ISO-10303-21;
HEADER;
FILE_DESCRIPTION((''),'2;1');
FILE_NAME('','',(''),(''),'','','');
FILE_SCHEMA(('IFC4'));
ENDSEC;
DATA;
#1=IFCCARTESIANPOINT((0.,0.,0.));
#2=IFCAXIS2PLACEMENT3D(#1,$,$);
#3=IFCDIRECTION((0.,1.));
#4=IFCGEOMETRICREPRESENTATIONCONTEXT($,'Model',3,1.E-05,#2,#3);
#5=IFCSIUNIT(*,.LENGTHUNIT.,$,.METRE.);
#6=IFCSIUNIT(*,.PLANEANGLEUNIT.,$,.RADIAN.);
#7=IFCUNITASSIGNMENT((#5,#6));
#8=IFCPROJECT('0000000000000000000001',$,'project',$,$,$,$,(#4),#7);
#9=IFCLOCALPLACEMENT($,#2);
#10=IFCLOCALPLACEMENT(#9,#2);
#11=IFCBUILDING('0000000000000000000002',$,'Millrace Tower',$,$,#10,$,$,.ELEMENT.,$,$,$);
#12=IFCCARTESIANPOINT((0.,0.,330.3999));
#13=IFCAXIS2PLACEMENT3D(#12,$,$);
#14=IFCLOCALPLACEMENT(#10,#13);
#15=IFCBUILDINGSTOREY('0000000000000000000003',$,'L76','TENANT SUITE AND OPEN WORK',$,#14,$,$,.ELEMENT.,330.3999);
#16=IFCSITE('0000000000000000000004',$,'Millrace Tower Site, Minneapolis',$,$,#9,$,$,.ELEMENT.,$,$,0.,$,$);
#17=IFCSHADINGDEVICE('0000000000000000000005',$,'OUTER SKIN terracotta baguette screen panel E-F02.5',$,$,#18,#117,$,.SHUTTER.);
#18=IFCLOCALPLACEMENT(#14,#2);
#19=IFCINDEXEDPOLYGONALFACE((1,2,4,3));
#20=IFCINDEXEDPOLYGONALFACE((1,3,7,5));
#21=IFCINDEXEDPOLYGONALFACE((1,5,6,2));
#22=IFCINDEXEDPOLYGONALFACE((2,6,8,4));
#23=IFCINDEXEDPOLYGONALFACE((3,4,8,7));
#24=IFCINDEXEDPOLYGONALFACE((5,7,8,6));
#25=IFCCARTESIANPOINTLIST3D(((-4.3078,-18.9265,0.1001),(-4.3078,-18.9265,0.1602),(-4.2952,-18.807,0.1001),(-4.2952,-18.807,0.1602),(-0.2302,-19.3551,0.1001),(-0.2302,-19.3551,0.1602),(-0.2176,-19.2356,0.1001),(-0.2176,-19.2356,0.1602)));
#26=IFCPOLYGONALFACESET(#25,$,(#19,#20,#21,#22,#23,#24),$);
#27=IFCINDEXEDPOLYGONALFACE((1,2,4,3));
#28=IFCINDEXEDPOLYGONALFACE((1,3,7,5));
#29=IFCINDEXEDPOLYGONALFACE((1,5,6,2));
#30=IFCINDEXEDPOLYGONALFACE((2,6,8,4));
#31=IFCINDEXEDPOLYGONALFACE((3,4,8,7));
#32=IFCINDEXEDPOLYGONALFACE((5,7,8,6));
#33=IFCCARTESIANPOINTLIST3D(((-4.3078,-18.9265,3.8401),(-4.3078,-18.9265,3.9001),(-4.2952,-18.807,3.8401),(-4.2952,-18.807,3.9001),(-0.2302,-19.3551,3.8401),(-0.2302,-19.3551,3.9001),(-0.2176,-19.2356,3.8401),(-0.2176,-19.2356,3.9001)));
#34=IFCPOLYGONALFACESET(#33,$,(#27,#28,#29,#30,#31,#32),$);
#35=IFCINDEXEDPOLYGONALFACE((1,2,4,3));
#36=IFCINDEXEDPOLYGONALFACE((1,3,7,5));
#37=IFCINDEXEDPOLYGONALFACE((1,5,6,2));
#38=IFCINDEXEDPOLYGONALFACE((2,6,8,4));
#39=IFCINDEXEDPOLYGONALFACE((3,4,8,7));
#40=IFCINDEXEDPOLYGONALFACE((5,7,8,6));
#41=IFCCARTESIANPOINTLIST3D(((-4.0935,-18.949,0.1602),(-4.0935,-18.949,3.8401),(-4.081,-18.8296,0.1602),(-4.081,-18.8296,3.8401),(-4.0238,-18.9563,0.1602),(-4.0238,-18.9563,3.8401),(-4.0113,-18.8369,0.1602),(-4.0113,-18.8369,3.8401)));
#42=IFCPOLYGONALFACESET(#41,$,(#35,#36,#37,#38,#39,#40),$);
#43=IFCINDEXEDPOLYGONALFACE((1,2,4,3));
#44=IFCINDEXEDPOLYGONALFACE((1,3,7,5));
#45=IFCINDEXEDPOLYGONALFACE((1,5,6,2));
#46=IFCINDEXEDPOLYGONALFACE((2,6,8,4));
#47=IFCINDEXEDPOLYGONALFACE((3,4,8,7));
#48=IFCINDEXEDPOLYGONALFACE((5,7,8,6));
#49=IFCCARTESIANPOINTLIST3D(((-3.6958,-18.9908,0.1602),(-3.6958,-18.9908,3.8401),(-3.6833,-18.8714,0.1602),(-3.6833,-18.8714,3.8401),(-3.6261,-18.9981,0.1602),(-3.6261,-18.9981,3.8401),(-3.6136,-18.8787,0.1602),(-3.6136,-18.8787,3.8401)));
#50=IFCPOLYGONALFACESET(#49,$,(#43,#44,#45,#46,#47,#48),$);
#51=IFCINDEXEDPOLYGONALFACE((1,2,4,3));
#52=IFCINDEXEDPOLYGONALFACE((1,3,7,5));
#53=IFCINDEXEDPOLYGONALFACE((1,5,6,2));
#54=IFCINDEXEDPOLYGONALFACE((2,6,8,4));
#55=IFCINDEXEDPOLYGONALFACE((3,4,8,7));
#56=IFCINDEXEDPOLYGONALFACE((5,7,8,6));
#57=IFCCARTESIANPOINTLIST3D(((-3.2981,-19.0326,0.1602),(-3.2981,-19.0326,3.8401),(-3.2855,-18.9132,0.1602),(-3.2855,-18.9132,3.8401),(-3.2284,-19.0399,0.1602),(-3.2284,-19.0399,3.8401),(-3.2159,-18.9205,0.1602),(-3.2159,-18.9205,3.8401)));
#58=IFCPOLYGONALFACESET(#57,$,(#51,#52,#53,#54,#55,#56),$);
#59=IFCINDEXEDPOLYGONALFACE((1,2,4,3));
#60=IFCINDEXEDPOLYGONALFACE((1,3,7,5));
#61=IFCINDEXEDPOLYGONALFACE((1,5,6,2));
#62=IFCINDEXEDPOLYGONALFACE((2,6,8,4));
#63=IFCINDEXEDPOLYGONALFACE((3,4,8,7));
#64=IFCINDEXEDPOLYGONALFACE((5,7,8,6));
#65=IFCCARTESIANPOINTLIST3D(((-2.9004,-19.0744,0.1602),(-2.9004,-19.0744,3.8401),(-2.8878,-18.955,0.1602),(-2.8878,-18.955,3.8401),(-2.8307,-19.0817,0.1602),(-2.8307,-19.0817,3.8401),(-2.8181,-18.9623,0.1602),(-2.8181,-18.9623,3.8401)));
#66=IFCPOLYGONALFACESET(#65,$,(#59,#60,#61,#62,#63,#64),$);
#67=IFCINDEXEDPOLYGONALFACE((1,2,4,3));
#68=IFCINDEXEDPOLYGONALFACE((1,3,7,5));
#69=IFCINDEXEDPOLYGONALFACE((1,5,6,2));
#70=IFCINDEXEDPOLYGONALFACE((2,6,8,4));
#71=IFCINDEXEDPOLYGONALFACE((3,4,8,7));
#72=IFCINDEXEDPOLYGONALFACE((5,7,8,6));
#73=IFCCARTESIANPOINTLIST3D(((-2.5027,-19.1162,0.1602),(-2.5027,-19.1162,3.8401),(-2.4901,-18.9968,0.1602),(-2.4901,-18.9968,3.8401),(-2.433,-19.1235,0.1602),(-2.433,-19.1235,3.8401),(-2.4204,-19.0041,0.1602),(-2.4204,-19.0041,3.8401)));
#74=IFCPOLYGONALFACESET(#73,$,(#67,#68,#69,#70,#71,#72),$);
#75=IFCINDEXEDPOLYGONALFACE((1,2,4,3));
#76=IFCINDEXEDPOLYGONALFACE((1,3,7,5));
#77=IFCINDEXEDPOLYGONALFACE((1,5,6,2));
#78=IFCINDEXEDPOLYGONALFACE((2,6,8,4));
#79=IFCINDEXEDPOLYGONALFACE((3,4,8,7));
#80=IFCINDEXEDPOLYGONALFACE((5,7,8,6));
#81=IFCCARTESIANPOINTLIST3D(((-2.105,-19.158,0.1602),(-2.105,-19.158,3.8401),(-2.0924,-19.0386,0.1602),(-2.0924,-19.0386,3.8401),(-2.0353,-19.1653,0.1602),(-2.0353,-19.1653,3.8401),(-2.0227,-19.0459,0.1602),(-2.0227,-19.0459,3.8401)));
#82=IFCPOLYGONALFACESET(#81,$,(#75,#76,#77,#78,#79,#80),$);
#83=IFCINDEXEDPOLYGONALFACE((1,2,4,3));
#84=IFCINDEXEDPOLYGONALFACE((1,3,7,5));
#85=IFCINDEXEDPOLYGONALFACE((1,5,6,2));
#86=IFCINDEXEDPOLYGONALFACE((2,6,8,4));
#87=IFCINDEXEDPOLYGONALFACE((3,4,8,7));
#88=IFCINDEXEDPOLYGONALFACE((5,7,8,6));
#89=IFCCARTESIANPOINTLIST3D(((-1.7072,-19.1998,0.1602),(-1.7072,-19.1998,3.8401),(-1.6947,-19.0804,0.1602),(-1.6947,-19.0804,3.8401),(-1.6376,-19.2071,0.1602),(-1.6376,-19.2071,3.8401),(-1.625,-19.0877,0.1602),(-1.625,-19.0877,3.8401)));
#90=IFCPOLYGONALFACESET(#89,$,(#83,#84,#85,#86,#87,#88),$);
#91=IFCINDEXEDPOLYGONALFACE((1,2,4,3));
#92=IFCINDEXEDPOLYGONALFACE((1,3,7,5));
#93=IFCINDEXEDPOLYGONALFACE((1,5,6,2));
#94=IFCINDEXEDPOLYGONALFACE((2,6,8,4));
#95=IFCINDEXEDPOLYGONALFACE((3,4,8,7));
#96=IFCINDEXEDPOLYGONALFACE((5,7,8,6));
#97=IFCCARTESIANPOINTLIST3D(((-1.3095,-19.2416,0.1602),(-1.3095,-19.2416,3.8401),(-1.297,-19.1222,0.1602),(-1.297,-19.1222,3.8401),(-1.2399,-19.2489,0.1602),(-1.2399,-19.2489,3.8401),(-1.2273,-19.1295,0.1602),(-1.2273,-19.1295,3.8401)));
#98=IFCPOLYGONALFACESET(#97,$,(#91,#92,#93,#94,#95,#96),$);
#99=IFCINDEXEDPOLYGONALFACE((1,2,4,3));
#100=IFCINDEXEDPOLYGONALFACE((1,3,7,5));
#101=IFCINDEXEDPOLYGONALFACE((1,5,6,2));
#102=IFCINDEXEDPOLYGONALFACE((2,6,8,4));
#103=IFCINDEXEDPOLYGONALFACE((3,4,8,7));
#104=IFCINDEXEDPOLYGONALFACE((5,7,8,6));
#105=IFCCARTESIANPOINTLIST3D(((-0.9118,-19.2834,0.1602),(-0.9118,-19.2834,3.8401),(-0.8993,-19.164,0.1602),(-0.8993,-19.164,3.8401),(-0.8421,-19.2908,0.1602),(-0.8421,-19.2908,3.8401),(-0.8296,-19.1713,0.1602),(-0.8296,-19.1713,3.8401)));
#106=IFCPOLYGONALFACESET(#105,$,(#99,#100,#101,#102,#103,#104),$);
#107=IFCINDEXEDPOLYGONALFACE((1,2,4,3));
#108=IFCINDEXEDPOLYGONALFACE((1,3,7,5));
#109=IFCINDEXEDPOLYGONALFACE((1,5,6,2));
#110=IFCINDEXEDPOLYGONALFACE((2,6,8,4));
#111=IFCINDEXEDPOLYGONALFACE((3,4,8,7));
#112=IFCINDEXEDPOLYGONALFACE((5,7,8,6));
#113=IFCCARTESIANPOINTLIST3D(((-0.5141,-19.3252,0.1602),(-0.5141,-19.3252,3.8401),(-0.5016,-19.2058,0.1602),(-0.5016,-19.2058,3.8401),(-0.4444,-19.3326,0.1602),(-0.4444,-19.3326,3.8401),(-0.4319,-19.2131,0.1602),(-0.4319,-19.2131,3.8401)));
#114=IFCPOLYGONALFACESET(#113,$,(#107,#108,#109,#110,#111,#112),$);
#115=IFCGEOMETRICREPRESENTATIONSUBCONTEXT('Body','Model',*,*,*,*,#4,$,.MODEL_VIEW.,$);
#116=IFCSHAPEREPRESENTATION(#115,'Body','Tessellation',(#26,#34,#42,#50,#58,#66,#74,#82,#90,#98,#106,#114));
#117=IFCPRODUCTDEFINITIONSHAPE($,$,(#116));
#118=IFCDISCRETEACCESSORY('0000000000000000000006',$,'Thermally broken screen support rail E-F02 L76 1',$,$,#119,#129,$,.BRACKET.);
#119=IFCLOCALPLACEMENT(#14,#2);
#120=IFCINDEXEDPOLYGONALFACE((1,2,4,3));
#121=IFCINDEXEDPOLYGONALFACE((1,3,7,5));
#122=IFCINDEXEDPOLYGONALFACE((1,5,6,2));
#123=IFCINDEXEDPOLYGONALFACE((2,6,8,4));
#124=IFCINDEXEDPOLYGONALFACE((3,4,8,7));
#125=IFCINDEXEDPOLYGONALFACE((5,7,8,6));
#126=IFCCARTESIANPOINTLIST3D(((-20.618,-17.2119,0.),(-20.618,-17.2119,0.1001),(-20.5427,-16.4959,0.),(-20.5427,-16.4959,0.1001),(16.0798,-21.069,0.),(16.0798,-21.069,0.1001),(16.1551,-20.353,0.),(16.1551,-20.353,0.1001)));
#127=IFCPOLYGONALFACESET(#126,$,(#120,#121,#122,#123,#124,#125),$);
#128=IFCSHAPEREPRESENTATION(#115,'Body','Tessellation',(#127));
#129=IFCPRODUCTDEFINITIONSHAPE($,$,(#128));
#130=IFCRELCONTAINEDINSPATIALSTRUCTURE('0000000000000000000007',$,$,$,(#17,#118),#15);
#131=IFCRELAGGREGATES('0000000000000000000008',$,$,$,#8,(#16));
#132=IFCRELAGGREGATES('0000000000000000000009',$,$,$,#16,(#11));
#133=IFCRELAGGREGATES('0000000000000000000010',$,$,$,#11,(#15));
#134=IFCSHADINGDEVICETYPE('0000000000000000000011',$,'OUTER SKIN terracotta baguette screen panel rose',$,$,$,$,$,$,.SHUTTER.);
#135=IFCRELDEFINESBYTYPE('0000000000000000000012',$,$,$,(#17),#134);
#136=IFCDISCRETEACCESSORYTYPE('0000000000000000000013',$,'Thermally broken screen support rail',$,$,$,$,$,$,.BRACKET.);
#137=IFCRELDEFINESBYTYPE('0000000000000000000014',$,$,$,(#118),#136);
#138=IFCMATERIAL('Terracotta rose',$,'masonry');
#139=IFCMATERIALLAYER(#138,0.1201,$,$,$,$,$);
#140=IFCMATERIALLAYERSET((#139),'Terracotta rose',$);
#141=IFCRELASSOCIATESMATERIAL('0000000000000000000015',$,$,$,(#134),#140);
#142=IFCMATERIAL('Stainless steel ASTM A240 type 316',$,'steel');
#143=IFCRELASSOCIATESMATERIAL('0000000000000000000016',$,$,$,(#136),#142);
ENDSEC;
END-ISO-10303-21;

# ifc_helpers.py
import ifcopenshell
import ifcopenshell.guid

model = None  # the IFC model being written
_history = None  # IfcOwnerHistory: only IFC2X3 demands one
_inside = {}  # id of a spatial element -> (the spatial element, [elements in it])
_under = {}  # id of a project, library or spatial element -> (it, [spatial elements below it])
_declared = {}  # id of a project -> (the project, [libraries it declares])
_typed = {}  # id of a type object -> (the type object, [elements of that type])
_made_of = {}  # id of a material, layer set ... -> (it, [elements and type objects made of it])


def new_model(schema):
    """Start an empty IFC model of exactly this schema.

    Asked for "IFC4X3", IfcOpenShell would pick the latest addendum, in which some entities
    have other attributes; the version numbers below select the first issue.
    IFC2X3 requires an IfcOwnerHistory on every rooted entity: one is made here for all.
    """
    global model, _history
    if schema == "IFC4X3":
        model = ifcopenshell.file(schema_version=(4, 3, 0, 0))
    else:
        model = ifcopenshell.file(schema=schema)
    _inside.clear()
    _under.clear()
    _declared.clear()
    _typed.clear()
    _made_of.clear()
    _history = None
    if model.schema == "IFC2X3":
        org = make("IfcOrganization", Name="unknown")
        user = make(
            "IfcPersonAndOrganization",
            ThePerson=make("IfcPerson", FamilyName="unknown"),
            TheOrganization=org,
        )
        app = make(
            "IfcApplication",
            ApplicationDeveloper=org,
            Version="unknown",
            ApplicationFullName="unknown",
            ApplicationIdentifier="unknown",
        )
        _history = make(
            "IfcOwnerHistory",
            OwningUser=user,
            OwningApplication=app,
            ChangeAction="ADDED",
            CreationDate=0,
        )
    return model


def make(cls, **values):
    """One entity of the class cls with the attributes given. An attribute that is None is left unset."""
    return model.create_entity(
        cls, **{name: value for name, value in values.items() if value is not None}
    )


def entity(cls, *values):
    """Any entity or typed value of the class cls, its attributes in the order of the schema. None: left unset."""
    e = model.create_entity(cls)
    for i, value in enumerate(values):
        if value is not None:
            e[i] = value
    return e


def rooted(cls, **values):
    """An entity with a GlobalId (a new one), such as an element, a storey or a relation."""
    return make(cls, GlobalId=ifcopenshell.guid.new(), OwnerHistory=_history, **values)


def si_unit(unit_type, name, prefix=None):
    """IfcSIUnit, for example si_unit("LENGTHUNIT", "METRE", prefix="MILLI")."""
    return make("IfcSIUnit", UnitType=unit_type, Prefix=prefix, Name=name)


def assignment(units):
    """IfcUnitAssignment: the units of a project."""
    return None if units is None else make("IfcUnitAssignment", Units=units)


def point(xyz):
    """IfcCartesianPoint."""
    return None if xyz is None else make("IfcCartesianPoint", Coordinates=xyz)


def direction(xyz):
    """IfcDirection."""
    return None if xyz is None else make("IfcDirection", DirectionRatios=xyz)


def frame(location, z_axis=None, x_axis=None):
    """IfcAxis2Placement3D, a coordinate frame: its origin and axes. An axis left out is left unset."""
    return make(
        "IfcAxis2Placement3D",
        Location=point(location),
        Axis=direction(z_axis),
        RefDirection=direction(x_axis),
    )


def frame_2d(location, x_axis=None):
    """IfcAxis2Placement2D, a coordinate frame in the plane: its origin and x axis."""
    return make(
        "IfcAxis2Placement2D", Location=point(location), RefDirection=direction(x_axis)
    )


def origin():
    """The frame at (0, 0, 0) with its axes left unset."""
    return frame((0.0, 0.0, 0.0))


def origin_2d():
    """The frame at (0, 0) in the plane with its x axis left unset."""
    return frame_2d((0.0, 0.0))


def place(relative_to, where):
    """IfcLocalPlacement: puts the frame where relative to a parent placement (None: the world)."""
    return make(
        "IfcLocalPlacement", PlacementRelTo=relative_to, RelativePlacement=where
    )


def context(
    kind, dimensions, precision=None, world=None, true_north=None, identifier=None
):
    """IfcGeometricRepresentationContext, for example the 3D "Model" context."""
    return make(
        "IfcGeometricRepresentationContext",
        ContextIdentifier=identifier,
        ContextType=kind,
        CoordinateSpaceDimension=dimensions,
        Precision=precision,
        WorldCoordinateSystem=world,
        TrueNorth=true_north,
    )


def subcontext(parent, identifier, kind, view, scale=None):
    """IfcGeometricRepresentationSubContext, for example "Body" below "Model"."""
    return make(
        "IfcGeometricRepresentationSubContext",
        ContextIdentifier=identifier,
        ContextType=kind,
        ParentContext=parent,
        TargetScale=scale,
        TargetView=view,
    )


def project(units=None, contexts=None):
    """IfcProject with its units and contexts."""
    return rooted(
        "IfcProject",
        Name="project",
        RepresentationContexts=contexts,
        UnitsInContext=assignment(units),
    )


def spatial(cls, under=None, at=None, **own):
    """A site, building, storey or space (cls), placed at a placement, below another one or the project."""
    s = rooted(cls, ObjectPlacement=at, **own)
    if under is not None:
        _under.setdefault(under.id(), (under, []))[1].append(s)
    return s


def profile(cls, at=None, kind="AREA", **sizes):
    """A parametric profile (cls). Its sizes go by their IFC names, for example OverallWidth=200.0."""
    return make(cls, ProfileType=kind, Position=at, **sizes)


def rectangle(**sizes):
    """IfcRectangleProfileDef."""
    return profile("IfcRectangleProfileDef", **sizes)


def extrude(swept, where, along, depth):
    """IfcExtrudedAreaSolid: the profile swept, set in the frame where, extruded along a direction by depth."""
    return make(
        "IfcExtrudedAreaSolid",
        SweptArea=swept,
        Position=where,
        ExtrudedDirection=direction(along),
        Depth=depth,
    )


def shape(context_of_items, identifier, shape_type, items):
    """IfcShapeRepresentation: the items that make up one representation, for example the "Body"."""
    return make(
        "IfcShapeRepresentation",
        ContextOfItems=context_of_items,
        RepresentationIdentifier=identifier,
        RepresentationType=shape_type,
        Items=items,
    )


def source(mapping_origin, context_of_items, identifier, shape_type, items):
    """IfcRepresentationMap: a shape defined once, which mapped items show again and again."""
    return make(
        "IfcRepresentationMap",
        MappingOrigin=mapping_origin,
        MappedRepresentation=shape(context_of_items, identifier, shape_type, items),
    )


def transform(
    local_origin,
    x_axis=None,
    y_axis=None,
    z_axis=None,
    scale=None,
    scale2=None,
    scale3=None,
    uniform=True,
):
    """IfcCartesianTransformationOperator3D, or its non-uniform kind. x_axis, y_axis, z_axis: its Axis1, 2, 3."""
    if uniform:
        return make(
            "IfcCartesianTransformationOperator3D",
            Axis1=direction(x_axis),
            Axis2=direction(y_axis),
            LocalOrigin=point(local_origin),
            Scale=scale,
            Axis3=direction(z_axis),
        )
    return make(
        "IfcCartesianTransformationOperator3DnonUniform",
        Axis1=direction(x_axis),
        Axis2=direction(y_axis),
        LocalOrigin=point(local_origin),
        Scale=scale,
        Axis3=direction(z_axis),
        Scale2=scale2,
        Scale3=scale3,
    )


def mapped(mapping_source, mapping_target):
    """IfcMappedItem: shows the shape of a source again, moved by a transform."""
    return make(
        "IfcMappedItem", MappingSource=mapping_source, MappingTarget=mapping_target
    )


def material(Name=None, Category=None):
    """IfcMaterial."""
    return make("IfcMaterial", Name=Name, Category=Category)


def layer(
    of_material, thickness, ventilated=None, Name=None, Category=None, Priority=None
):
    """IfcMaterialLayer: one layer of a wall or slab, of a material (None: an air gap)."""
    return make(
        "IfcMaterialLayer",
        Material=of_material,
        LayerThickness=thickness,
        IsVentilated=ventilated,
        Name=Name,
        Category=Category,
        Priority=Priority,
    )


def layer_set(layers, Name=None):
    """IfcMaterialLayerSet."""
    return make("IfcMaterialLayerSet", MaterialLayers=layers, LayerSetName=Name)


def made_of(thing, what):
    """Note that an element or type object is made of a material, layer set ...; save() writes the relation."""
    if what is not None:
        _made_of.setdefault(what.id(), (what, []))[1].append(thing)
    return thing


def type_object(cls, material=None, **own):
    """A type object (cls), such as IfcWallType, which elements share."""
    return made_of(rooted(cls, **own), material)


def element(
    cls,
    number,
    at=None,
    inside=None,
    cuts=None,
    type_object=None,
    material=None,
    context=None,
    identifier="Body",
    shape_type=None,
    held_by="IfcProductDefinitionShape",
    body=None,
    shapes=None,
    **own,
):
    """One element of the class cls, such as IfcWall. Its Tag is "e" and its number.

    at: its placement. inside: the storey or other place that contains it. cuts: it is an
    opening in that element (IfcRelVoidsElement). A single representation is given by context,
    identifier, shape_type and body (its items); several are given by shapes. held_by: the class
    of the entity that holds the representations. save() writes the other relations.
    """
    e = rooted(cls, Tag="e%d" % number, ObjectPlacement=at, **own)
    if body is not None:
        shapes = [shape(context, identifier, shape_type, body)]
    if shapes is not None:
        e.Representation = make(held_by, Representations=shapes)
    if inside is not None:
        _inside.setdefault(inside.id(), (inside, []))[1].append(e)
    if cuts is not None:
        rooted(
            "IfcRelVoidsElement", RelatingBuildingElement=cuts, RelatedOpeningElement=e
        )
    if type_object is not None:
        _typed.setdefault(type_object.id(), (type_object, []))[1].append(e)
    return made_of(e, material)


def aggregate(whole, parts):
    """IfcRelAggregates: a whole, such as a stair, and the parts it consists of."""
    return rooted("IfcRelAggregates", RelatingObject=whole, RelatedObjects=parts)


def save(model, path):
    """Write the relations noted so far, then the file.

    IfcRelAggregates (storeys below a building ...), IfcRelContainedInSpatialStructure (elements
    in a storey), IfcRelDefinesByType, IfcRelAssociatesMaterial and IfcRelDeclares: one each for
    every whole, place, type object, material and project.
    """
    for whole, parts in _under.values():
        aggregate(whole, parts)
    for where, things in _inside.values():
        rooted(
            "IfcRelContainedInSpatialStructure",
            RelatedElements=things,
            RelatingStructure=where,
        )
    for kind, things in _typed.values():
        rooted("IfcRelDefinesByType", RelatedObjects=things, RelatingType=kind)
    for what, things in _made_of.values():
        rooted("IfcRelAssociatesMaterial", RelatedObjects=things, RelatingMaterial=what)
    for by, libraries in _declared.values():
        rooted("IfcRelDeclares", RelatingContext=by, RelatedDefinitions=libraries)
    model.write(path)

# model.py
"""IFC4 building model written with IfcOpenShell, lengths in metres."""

from ifc_helpers import new_model, entity, si_unit, direction, frame, frame_2d, origin, origin_2d, place, context, subcontext, project, spatial, rectangle, extrude, source, transform, mapped, material, layer, layer_set, type_object, element, save


model = new_model("IFC4")

# Units and contexts
model_context = context("Model", 3, precision=1e-05, world=origin(), true_north=direction((0.0, 1.0)))
body_context = subcontext(model_context, "Body", "Model", "MODEL_VIEW")
ifc_project = project(units=[si_unit("LENGTHUNIT", "METRE"), si_unit("PLANEANGLEUNIT", "RADIAN")], contexts=[model_context])

# Site, building, storey
site_placement = place(None, origin())
site = spatial("IfcSite", under=ifc_project, at=site_placement, Name="Millrace Tower Site, Minneapolis", CompositionType="ELEMENT", RefElevation=0.0)
building_placement = place(site_placement, origin())
building = spatial("IfcBuilding", under=site, at=building_placement, Name="Millrace Tower", CompositionType="ELEMENT")
storey_placement = place(building_placement, frame((0.0, 0.0, 330.3999)))
storey = spatial("IfcBuildingStorey", under=building, at=storey_placement, Name="L76", Description="TENANT SUITE AND OPEN WORK", CompositionType="ELEMENT", Elevation=330.3999)

# Shading device
ifc_material_1 = material(Name="Terracotta rose", Category="masonry")
ifc_layer_1 = layer(ifc_material_1, 0.1201)
ifc_layer_set_1 = layer_set([ifc_layer_1], Name="Terracotta rose")
shading_device_type = type_object("IfcShadingDeviceType", Name="OUTER SKIN terracotta baguette screen panel rose", PredefinedType="SHUTTER", material=ifc_layer_set_1)
cartesian_point = entity("IfcCartesianPoint", [-2.05, 0.0601])
shared_polyline = entity("IfcPolyline", [cartesian_point, entity("IfcCartesianPoint", [2.05, 0.0601]), entity("IfcCartesianPoint", [2.05, -0.0601]), entity("IfcCartesianPoint", [-2.05, -0.0601]), cartesian_point])
shared_shape = source(origin(), body_context, "Body", "SweptSolid", [
    entity("IfcExtrudedAreaSolid", entity("IfcArbitraryClosedProfileDef", "AREA", None, shared_polyline), entity("IfcAxis2Placement3D", entity("IfcCartesianPoint", [0.0, 0.0, 0.0])), entity("IfcDirection", [0.0, 0.0, 1.0]), 0.0601),
    entity("IfcExtrudedAreaSolid", entity("IfcArbitraryClosedProfileDef", "AREA", None, shared_polyline), entity("IfcAxis2Placement3D", entity("IfcCartesianPoint", [0.0, 0.0, 3.74])), entity("IfcDirection", [0.0, 0.0, 1.0]), 0.0601),
    extrude(rectangle(XDim=0.0701, YDim=0.1201, at=frame_2d((-1.7996, 0.0))), frame((0.0, 0.0, 0.0601)), (0.0, 0.0, 1.0), 3.6799),
    extrude(rectangle(XDim=0.0701, YDim=0.1201, at=frame_2d((-1.3997, 0.0))), frame((0.0, 0.0, 0.0601)), (0.0, 0.0, 1.0), 3.6799),
    extrude(rectangle(XDim=0.0701, YDim=0.1201, at=frame_2d((-0.9998, 0.0))), frame((0.0, 0.0, 0.0601)), (0.0, 0.0, 1.0), 3.6799),
    extrude(rectangle(XDim=0.0701, YDim=0.1201, at=frame_2d((-0.5999, 0.0))), frame((0.0, 0.0, 0.0601)), (0.0, 0.0, 1.0), 3.6799),
    extrude(rectangle(XDim=0.0701, YDim=0.1201, at=frame_2d((-0.2, 0.0))), frame((0.0, 0.0, 0.0601)), (0.0, 0.0, 1.0), 3.6799),
    extrude(rectangle(XDim=0.0701, YDim=0.1201, at=frame_2d((0.2, 0.0))), frame((0.0, 0.0, 0.0601)), (0.0, 0.0, 1.0), 3.6799),
    extrude(rectangle(XDim=0.0701, YDim=0.1201, at=frame_2d((0.5999, 0.0))), frame((0.0, 0.0, 0.0601)), (0.0, 0.0, 1.0), 3.6799),
    extrude(rectangle(XDim=0.0701, YDim=0.1201, at=frame_2d((0.9998, 0.0))), frame((0.0, 0.0, 0.0601)), (0.0, 0.0, 1.0), 3.6799),
    extrude(rectangle(XDim=0.0701, YDim=0.1201, at=frame_2d((1.3997, 0.0))), frame((0.0, 0.0, 0.0601)), (0.0, 0.0, 1.0), 3.6799),
    extrude(rectangle(XDim=0.0701, YDim=0.1201, at=frame_2d((1.7996, 0.0))), frame((0.0, 0.0, 0.0601)), (0.0, 0.0, 1.0), 3.6799),
])
for number, where, z_axis, x_axis, name in (
    (1, (-2.2627, -19.0811, 0.1001), (0.0, 0.0, 1.0), (0.994522, -0.104528, 0.0), "OUTER SKIN terracotta baguette screen panel E-F02.5"),
):
    element("IfcShadingDevice", number, at=place(storey_placement, frame(where, z_axis=z_axis, x_axis=x_axis)), inside=storey, type_object=shading_device_type, Name=name, PredefinedType="SHUTTER", context=body_context, shape_type="MappedRepresentation", body=[
        mapped(shared_shape, transform((0.0, 0.0, 0.0), scale=1.0)),
    ])

# Discrete accessory
ifc_material_2 = material(Name="Stainless steel ASTM A240 type 316", Category="steel")
discrete_accessory_type = type_object("IfcDiscreteAccessoryType", Name="Thermally broken screen support rail", PredefinedType="BRACKET", material=ifc_material_2)
discrete_accessory_placement = place(storey_placement, frame((-2.2314, -18.7825, 0.0), z_axis=(0.0, 0.0, 1.0), x_axis=(0.994522, -0.104528, 0.0)))
element("IfcDiscreteAccessory", 2, at=discrete_accessory_placement, inside=storey, type_object=discrete_accessory_type, Name="Thermally broken screen support rail E-F02 L76 1", PredefinedType="BRACKET", context=body_context, shape_type="SweptSolid", body=[
    extrude(rectangle(XDim=36.8999, YDim=0.72, at=origin_2d()), origin(), (0.0, 0.0, 1.0), 0.1001),
])

save(model, "model.ifc")
